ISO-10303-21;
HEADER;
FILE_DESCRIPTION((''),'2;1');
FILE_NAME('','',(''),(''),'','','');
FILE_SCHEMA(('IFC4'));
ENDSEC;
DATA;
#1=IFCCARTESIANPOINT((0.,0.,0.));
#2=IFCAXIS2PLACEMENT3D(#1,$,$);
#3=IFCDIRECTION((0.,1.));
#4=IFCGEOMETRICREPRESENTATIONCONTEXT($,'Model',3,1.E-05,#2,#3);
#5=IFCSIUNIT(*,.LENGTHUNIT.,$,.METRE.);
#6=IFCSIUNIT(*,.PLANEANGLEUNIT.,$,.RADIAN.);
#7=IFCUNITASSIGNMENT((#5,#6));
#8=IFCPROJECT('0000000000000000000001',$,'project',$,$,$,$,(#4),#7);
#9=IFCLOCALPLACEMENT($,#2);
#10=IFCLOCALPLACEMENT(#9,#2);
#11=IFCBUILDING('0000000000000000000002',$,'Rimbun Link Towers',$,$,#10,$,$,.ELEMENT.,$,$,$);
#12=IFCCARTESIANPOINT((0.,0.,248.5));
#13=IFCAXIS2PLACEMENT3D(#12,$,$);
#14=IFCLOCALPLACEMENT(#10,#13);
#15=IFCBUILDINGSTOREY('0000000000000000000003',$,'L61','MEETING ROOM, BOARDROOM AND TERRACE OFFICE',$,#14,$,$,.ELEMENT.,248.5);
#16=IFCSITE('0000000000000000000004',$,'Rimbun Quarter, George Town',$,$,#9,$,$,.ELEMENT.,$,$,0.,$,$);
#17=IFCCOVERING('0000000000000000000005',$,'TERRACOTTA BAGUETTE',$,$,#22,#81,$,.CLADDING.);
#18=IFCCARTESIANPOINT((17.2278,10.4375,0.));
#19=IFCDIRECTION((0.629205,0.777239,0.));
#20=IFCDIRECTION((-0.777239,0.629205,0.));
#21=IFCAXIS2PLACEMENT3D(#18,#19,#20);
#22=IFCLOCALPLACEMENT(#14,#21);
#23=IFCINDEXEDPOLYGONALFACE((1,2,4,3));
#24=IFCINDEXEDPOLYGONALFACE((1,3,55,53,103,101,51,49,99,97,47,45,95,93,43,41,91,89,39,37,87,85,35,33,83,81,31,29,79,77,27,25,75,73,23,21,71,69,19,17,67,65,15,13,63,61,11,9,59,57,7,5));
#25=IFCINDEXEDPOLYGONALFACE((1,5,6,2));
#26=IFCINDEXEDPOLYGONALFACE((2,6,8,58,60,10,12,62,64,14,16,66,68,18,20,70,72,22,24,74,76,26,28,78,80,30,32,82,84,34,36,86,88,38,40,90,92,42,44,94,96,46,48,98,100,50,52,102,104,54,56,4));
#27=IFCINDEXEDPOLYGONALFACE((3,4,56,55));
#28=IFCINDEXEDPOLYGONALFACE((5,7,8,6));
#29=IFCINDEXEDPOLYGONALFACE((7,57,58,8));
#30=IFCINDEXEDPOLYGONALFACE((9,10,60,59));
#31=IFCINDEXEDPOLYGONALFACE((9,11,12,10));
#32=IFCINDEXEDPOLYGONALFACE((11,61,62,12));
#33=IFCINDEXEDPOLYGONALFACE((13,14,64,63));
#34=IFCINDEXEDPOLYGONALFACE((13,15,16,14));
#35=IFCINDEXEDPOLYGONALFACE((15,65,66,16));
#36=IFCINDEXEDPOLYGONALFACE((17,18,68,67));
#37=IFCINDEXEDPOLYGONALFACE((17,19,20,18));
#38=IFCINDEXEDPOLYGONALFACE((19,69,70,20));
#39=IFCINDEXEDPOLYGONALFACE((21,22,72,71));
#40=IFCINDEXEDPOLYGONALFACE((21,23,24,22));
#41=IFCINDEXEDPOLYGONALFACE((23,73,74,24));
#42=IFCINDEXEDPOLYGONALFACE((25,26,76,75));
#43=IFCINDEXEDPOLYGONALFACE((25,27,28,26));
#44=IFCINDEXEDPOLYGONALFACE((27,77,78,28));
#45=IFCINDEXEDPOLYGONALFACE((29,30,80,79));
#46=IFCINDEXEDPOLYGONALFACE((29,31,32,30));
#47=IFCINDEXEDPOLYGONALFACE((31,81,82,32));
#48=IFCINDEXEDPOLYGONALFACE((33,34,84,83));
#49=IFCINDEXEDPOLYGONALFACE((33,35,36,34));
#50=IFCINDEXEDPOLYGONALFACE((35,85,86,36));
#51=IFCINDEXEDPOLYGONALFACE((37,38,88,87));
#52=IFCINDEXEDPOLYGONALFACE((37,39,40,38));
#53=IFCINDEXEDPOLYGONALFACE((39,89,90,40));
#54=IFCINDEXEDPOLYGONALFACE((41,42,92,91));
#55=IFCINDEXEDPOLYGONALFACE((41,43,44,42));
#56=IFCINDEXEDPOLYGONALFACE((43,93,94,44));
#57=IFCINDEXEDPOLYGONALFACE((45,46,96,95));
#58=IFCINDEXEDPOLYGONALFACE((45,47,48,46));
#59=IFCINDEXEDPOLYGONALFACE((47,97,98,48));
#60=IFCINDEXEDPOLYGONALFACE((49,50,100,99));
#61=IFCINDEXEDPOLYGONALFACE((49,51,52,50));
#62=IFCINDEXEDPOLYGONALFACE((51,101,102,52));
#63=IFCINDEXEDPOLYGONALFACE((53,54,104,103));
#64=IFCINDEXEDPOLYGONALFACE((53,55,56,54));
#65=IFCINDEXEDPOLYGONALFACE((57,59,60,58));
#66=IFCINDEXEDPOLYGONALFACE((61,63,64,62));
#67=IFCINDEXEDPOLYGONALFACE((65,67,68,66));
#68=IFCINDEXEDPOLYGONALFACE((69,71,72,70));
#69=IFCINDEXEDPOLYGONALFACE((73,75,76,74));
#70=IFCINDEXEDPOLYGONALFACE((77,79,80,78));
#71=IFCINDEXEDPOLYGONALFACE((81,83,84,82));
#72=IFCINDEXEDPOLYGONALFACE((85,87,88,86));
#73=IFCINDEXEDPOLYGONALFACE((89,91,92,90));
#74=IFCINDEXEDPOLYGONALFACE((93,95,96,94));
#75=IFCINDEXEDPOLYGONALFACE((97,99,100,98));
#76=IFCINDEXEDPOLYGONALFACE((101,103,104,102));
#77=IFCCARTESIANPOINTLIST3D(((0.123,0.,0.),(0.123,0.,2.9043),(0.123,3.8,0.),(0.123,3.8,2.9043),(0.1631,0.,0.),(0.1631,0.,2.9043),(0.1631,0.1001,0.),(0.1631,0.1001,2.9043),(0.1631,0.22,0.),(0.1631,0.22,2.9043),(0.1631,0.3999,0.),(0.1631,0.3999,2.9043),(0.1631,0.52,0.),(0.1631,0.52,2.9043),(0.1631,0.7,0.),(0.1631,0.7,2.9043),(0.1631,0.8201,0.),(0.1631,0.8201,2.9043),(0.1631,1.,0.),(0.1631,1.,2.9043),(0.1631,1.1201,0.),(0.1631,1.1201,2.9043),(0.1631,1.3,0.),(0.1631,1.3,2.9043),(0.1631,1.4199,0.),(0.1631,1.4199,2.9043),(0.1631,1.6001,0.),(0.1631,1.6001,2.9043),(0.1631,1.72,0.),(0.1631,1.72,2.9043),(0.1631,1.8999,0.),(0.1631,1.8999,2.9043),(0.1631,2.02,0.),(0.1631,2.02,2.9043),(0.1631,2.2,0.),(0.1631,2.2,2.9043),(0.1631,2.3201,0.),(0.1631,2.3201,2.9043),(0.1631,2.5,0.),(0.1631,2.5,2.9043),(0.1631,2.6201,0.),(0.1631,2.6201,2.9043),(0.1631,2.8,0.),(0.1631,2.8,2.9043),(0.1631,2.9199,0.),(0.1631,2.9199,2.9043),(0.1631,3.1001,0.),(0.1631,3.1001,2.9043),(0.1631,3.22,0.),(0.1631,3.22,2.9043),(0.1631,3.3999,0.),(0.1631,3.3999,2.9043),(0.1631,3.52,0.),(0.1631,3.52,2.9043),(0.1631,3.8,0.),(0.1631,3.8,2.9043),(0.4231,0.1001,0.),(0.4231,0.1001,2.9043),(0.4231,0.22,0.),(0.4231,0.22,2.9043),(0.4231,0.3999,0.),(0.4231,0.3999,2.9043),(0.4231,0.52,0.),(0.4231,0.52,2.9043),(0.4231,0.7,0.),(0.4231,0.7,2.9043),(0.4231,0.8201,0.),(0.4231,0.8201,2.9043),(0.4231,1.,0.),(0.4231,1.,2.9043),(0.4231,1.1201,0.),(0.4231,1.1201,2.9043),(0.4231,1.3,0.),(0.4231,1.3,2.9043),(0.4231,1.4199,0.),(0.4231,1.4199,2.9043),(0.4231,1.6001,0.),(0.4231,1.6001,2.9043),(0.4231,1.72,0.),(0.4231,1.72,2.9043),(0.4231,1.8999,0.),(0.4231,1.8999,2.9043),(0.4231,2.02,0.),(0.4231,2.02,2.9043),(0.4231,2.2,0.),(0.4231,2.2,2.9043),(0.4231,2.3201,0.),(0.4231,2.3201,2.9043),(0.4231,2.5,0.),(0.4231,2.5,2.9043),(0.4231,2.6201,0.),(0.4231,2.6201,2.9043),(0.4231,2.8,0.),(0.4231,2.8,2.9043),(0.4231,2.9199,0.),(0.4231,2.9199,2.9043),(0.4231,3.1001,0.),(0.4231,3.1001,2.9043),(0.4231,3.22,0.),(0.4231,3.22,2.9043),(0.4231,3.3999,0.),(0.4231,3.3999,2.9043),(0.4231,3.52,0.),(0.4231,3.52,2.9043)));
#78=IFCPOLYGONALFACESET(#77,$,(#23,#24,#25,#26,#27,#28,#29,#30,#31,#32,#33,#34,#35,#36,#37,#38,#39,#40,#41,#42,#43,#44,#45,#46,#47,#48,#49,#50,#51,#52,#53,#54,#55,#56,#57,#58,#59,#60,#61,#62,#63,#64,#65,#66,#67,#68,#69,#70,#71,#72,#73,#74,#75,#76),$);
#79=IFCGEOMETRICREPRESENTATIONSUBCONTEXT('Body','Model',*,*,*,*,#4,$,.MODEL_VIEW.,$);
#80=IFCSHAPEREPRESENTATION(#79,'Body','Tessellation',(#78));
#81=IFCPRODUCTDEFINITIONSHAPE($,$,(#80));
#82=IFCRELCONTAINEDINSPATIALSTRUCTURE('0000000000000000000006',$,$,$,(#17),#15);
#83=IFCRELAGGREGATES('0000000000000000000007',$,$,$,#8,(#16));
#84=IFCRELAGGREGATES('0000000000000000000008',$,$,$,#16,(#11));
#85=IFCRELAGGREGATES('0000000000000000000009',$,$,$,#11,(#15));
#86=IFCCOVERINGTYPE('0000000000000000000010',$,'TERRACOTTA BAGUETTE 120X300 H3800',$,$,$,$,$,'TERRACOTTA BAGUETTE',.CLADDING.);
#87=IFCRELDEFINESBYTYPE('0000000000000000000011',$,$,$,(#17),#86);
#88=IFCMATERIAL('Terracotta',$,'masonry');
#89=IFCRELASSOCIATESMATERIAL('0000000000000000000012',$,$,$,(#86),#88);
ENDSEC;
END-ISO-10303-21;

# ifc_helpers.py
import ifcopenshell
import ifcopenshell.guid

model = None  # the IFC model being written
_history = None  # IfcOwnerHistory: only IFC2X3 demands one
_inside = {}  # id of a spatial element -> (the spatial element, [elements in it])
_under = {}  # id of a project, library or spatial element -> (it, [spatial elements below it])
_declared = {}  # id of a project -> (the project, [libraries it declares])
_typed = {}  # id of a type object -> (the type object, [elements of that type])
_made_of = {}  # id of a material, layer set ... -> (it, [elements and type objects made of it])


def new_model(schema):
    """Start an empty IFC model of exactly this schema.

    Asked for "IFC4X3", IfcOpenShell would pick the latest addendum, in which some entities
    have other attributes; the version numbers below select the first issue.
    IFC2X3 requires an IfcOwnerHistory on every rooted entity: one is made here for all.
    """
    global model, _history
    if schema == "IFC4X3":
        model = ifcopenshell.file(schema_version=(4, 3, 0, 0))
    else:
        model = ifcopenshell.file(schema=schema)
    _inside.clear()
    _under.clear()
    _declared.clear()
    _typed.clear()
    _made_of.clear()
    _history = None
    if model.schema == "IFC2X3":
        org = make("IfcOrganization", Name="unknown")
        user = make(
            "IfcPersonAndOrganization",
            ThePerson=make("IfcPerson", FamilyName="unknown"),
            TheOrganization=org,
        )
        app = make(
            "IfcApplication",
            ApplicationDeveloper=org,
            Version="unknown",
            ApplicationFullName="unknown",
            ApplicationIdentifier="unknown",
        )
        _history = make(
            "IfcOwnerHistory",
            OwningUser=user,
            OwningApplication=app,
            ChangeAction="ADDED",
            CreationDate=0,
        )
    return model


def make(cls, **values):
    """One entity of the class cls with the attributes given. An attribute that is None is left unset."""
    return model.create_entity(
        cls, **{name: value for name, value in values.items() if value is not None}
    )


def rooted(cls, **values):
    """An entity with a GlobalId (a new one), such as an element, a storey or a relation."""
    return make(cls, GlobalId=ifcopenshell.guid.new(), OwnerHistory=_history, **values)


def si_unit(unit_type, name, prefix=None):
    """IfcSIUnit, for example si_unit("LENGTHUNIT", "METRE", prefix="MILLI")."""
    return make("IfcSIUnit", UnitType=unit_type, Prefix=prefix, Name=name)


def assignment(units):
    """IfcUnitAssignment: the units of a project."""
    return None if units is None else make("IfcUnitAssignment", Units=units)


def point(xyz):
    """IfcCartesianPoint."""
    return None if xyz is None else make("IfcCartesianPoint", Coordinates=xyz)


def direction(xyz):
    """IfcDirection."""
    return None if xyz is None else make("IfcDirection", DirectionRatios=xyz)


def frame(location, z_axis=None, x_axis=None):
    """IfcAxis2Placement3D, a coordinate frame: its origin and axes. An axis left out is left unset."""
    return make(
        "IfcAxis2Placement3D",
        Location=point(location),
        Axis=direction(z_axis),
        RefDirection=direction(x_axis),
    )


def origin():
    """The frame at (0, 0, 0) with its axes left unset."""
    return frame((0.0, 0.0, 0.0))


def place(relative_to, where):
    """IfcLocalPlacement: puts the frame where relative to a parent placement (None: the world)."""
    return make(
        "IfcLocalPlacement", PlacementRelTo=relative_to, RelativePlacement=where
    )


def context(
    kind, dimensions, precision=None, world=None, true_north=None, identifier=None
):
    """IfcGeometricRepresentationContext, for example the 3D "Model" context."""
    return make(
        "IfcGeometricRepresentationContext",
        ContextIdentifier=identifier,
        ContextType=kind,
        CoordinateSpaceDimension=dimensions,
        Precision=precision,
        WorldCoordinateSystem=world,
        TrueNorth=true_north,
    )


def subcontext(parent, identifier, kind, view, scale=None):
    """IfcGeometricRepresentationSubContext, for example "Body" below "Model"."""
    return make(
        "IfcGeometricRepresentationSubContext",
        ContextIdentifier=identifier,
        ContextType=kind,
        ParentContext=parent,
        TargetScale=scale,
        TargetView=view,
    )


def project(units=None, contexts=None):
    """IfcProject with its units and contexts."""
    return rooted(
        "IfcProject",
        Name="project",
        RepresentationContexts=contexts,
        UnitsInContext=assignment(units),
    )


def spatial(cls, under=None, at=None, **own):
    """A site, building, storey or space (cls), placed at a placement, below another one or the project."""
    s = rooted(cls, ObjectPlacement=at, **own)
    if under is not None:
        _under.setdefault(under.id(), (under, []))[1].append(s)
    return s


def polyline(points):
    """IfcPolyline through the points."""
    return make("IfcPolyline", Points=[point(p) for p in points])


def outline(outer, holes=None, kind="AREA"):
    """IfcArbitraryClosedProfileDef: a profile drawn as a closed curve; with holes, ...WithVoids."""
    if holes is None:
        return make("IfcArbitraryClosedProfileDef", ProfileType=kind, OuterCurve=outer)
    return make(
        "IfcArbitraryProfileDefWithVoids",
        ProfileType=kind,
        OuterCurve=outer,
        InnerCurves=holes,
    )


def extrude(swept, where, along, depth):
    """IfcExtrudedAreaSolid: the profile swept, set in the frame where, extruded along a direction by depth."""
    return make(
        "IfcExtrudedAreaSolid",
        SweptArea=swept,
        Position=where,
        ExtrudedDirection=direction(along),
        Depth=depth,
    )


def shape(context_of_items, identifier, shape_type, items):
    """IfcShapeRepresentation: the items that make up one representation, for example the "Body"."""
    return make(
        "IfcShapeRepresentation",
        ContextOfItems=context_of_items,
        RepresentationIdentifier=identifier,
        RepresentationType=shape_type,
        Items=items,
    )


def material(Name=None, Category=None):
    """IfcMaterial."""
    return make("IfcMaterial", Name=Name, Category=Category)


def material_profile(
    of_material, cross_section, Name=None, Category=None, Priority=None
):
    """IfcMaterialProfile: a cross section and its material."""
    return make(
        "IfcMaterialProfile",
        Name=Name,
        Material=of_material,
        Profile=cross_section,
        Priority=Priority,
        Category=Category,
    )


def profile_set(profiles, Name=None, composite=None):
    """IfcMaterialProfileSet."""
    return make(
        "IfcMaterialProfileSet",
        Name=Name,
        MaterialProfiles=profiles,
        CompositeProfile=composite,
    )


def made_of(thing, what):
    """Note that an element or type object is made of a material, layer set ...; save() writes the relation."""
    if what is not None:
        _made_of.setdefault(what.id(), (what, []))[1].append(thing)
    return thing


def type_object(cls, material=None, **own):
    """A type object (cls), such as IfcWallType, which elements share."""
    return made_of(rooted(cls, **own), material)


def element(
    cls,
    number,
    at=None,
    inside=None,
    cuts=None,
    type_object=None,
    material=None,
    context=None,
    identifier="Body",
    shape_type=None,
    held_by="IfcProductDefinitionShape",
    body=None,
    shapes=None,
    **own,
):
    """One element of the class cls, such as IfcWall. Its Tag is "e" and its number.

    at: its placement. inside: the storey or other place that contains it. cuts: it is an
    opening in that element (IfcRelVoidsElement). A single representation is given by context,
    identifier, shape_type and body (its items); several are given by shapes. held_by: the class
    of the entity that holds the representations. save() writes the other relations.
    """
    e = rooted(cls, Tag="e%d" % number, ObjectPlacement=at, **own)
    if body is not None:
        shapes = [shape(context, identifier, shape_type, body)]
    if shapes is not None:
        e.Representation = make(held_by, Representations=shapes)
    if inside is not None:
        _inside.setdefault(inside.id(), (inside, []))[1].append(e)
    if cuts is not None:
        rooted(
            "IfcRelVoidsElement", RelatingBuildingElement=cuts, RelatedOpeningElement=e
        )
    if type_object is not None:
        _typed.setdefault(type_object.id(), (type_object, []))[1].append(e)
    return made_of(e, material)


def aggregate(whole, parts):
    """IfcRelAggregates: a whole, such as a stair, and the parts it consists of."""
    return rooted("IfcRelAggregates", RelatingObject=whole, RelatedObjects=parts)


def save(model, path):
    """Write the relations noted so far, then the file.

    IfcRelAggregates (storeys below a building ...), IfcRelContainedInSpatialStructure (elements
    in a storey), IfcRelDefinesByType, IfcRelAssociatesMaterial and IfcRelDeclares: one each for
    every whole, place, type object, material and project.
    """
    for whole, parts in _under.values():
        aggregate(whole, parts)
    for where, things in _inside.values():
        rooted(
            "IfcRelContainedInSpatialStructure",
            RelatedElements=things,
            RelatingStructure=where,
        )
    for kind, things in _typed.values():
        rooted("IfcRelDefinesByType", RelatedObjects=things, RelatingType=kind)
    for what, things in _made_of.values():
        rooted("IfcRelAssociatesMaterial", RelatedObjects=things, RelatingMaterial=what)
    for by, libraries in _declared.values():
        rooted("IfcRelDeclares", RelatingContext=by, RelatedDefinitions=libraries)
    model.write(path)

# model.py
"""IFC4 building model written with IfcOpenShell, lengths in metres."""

from ifc_helpers import new_model, si_unit, direction, frame, origin, place, context, subcontext, project, spatial, polyline, outline, extrude, material, material_profile, profile_set, type_object, element, save


model = new_model("IFC4")

# Units and contexts
model_context = context("Model", 3, precision=1e-05, world=origin(), true_north=direction((0.0, 1.0)))
body_context = subcontext(model_context, "Body", "Model", "MODEL_VIEW")
ifc_project = project(units=[si_unit("LENGTHUNIT", "METRE"), si_unit("PLANEANGLEUNIT", "RADIAN")], contexts=[model_context])

# Site, building, storey
site_placement = place(None, origin())
site = spatial("IfcSite", under=ifc_project, at=site_placement, Name="Rimbun Quarter, George Town", CompositionType="ELEMENT", RefElevation=0.0)
building_placement = place(site_placement, origin())
building = spatial("IfcBuilding", under=site, at=building_placement, Name="Rimbun Link Towers", CompositionType="ELEMENT")
storey_placement = place(building_placement, frame((0.0, 0.0, 248.5)))
storey = spatial("IfcBuildingStorey", under=building, at=storey_placement, Name="L61", Description="MEETING ROOM, BOARDROOM AND TERRACE OFFICE", CompositionType="ELEMENT", Elevation=248.5)

# Covering
ifc_material_1 = material(Name="Terracotta", Category="masonry")
ifc_material_profile_1 = material_profile(ifc_material_1, outline(polyline([(0.123, 0.0), (0.1631, 0.0), (0.1631, 0.1001), (0.4231, 0.1001), (0.4231, 0.22), (0.1631, 0.22), (0.1631, 0.3999), (0.4231, 0.3999), (0.4231, 0.52), (0.1631, 0.52), (0.1631, 0.7), (0.4231, 0.7), (0.4231, 0.8201), (0.1631, 0.8201), (0.1631, 1.0), (0.4231, 1.0), (0.4231, 1.1201), (0.1631, 1.1201), (0.1631, 1.3), (0.4231, 1.3), (0.4231, 1.4199), (0.1631, 1.4199), (0.1631, 1.6001), (0.4231, 1.6001), (0.4231, 1.72), (0.1631, 1.72), (0.1631, 1.8999), (0.4231, 1.8999), (0.4231, 2.02), (0.1631, 2.02), (0.1631, 2.2), (0.4231, 2.2), (0.4231, 2.3201), (0.1631, 2.3201), (0.1631, 2.5), (0.4231, 2.5), (0.4231, 2.6201), (0.1631, 2.6201), (0.1631, 2.8), (0.4231, 2.8), (0.4231, 2.9199), (0.1631, 2.9199), (0.1631, 3.1001), (0.4231, 3.1001), (0.4231, 3.22), (0.1631, 3.22), (0.1631, 3.3999), (0.4231, 3.3999), (0.4231, 3.52), (0.1631, 3.52), (0.1631, 3.8), (0.123, 3.8), (0.123, 0.0)])), Name="BAGUETTE 120X300")
ifc_profile_set_1 = profile_set([ifc_material_profile_1], Name="Terracotta")
covering_type = type_object("IfcCoveringType", Name="TERRACOTTA BAGUETTE 120X300 H3800", ElementType="TERRACOTTA BAGUETTE", PredefinedType="CLADDING", material=ifc_profile_set_1)
for number, where, z_axis, x_axis, name in (
    (1, (17.2278, 10.4375, 0.0), (0.629205, 0.777239, 0.0), (-0.777239, 0.629205, 0.0), "TERRACOTTA BAGUETTE"),
):
    element("IfcCovering", number, at=place(storey_placement, frame(where, z_axis=z_axis, x_axis=x_axis)), inside=storey, type_object=covering_type, Name=name, PredefinedType="CLADDING", context=body_context, shape_type="SweptSolid", body=[
        extrude(outline(polyline([(0.123, 0.0), (0.1631, 0.0), (0.1631, 0.1001), (0.4231, 0.1001), (0.4231, 0.22), (0.1631, 0.22), (0.1631, 0.3999), (0.4231, 0.3999), (0.4231, 0.52), (0.1631, 0.52), (0.1631, 0.7), (0.4231, 0.7), (0.4231, 0.8201), (0.1631, 0.8201), (0.1631, 1.0), (0.4231, 1.0), (0.4231, 1.1201), (0.1631, 1.1201), (0.1631, 1.3), (0.4231, 1.3), (0.4231, 1.4199), (0.1631, 1.4199), (0.1631, 1.6001), (0.4231, 1.6001), (0.4231, 1.72), (0.1631, 1.72), (0.1631, 1.8999), (0.4231, 1.8999), (0.4231, 2.02), (0.1631, 2.02), (0.1631, 2.2), (0.4231, 2.2), (0.4231, 2.3201), (0.1631, 2.3201), (0.1631, 2.5), (0.4231, 2.5), (0.4231, 2.6201), (0.1631, 2.6201), (0.1631, 2.8), (0.4231, 2.8), (0.4231, 2.9199), (0.1631, 2.9199), (0.1631, 3.1001), (0.4231, 3.1001), (0.4231, 3.22), (0.1631, 3.22), (0.1631, 3.3999), (0.4231, 3.3999), (0.4231, 3.52), (0.1631, 3.52), (0.1631, 3.8), (0.123, 3.8), (0.123, 0.0)])), origin(), (0.0, 0.0, 1.0), 2.9043),
    ])

save(model, "model.ifc")
